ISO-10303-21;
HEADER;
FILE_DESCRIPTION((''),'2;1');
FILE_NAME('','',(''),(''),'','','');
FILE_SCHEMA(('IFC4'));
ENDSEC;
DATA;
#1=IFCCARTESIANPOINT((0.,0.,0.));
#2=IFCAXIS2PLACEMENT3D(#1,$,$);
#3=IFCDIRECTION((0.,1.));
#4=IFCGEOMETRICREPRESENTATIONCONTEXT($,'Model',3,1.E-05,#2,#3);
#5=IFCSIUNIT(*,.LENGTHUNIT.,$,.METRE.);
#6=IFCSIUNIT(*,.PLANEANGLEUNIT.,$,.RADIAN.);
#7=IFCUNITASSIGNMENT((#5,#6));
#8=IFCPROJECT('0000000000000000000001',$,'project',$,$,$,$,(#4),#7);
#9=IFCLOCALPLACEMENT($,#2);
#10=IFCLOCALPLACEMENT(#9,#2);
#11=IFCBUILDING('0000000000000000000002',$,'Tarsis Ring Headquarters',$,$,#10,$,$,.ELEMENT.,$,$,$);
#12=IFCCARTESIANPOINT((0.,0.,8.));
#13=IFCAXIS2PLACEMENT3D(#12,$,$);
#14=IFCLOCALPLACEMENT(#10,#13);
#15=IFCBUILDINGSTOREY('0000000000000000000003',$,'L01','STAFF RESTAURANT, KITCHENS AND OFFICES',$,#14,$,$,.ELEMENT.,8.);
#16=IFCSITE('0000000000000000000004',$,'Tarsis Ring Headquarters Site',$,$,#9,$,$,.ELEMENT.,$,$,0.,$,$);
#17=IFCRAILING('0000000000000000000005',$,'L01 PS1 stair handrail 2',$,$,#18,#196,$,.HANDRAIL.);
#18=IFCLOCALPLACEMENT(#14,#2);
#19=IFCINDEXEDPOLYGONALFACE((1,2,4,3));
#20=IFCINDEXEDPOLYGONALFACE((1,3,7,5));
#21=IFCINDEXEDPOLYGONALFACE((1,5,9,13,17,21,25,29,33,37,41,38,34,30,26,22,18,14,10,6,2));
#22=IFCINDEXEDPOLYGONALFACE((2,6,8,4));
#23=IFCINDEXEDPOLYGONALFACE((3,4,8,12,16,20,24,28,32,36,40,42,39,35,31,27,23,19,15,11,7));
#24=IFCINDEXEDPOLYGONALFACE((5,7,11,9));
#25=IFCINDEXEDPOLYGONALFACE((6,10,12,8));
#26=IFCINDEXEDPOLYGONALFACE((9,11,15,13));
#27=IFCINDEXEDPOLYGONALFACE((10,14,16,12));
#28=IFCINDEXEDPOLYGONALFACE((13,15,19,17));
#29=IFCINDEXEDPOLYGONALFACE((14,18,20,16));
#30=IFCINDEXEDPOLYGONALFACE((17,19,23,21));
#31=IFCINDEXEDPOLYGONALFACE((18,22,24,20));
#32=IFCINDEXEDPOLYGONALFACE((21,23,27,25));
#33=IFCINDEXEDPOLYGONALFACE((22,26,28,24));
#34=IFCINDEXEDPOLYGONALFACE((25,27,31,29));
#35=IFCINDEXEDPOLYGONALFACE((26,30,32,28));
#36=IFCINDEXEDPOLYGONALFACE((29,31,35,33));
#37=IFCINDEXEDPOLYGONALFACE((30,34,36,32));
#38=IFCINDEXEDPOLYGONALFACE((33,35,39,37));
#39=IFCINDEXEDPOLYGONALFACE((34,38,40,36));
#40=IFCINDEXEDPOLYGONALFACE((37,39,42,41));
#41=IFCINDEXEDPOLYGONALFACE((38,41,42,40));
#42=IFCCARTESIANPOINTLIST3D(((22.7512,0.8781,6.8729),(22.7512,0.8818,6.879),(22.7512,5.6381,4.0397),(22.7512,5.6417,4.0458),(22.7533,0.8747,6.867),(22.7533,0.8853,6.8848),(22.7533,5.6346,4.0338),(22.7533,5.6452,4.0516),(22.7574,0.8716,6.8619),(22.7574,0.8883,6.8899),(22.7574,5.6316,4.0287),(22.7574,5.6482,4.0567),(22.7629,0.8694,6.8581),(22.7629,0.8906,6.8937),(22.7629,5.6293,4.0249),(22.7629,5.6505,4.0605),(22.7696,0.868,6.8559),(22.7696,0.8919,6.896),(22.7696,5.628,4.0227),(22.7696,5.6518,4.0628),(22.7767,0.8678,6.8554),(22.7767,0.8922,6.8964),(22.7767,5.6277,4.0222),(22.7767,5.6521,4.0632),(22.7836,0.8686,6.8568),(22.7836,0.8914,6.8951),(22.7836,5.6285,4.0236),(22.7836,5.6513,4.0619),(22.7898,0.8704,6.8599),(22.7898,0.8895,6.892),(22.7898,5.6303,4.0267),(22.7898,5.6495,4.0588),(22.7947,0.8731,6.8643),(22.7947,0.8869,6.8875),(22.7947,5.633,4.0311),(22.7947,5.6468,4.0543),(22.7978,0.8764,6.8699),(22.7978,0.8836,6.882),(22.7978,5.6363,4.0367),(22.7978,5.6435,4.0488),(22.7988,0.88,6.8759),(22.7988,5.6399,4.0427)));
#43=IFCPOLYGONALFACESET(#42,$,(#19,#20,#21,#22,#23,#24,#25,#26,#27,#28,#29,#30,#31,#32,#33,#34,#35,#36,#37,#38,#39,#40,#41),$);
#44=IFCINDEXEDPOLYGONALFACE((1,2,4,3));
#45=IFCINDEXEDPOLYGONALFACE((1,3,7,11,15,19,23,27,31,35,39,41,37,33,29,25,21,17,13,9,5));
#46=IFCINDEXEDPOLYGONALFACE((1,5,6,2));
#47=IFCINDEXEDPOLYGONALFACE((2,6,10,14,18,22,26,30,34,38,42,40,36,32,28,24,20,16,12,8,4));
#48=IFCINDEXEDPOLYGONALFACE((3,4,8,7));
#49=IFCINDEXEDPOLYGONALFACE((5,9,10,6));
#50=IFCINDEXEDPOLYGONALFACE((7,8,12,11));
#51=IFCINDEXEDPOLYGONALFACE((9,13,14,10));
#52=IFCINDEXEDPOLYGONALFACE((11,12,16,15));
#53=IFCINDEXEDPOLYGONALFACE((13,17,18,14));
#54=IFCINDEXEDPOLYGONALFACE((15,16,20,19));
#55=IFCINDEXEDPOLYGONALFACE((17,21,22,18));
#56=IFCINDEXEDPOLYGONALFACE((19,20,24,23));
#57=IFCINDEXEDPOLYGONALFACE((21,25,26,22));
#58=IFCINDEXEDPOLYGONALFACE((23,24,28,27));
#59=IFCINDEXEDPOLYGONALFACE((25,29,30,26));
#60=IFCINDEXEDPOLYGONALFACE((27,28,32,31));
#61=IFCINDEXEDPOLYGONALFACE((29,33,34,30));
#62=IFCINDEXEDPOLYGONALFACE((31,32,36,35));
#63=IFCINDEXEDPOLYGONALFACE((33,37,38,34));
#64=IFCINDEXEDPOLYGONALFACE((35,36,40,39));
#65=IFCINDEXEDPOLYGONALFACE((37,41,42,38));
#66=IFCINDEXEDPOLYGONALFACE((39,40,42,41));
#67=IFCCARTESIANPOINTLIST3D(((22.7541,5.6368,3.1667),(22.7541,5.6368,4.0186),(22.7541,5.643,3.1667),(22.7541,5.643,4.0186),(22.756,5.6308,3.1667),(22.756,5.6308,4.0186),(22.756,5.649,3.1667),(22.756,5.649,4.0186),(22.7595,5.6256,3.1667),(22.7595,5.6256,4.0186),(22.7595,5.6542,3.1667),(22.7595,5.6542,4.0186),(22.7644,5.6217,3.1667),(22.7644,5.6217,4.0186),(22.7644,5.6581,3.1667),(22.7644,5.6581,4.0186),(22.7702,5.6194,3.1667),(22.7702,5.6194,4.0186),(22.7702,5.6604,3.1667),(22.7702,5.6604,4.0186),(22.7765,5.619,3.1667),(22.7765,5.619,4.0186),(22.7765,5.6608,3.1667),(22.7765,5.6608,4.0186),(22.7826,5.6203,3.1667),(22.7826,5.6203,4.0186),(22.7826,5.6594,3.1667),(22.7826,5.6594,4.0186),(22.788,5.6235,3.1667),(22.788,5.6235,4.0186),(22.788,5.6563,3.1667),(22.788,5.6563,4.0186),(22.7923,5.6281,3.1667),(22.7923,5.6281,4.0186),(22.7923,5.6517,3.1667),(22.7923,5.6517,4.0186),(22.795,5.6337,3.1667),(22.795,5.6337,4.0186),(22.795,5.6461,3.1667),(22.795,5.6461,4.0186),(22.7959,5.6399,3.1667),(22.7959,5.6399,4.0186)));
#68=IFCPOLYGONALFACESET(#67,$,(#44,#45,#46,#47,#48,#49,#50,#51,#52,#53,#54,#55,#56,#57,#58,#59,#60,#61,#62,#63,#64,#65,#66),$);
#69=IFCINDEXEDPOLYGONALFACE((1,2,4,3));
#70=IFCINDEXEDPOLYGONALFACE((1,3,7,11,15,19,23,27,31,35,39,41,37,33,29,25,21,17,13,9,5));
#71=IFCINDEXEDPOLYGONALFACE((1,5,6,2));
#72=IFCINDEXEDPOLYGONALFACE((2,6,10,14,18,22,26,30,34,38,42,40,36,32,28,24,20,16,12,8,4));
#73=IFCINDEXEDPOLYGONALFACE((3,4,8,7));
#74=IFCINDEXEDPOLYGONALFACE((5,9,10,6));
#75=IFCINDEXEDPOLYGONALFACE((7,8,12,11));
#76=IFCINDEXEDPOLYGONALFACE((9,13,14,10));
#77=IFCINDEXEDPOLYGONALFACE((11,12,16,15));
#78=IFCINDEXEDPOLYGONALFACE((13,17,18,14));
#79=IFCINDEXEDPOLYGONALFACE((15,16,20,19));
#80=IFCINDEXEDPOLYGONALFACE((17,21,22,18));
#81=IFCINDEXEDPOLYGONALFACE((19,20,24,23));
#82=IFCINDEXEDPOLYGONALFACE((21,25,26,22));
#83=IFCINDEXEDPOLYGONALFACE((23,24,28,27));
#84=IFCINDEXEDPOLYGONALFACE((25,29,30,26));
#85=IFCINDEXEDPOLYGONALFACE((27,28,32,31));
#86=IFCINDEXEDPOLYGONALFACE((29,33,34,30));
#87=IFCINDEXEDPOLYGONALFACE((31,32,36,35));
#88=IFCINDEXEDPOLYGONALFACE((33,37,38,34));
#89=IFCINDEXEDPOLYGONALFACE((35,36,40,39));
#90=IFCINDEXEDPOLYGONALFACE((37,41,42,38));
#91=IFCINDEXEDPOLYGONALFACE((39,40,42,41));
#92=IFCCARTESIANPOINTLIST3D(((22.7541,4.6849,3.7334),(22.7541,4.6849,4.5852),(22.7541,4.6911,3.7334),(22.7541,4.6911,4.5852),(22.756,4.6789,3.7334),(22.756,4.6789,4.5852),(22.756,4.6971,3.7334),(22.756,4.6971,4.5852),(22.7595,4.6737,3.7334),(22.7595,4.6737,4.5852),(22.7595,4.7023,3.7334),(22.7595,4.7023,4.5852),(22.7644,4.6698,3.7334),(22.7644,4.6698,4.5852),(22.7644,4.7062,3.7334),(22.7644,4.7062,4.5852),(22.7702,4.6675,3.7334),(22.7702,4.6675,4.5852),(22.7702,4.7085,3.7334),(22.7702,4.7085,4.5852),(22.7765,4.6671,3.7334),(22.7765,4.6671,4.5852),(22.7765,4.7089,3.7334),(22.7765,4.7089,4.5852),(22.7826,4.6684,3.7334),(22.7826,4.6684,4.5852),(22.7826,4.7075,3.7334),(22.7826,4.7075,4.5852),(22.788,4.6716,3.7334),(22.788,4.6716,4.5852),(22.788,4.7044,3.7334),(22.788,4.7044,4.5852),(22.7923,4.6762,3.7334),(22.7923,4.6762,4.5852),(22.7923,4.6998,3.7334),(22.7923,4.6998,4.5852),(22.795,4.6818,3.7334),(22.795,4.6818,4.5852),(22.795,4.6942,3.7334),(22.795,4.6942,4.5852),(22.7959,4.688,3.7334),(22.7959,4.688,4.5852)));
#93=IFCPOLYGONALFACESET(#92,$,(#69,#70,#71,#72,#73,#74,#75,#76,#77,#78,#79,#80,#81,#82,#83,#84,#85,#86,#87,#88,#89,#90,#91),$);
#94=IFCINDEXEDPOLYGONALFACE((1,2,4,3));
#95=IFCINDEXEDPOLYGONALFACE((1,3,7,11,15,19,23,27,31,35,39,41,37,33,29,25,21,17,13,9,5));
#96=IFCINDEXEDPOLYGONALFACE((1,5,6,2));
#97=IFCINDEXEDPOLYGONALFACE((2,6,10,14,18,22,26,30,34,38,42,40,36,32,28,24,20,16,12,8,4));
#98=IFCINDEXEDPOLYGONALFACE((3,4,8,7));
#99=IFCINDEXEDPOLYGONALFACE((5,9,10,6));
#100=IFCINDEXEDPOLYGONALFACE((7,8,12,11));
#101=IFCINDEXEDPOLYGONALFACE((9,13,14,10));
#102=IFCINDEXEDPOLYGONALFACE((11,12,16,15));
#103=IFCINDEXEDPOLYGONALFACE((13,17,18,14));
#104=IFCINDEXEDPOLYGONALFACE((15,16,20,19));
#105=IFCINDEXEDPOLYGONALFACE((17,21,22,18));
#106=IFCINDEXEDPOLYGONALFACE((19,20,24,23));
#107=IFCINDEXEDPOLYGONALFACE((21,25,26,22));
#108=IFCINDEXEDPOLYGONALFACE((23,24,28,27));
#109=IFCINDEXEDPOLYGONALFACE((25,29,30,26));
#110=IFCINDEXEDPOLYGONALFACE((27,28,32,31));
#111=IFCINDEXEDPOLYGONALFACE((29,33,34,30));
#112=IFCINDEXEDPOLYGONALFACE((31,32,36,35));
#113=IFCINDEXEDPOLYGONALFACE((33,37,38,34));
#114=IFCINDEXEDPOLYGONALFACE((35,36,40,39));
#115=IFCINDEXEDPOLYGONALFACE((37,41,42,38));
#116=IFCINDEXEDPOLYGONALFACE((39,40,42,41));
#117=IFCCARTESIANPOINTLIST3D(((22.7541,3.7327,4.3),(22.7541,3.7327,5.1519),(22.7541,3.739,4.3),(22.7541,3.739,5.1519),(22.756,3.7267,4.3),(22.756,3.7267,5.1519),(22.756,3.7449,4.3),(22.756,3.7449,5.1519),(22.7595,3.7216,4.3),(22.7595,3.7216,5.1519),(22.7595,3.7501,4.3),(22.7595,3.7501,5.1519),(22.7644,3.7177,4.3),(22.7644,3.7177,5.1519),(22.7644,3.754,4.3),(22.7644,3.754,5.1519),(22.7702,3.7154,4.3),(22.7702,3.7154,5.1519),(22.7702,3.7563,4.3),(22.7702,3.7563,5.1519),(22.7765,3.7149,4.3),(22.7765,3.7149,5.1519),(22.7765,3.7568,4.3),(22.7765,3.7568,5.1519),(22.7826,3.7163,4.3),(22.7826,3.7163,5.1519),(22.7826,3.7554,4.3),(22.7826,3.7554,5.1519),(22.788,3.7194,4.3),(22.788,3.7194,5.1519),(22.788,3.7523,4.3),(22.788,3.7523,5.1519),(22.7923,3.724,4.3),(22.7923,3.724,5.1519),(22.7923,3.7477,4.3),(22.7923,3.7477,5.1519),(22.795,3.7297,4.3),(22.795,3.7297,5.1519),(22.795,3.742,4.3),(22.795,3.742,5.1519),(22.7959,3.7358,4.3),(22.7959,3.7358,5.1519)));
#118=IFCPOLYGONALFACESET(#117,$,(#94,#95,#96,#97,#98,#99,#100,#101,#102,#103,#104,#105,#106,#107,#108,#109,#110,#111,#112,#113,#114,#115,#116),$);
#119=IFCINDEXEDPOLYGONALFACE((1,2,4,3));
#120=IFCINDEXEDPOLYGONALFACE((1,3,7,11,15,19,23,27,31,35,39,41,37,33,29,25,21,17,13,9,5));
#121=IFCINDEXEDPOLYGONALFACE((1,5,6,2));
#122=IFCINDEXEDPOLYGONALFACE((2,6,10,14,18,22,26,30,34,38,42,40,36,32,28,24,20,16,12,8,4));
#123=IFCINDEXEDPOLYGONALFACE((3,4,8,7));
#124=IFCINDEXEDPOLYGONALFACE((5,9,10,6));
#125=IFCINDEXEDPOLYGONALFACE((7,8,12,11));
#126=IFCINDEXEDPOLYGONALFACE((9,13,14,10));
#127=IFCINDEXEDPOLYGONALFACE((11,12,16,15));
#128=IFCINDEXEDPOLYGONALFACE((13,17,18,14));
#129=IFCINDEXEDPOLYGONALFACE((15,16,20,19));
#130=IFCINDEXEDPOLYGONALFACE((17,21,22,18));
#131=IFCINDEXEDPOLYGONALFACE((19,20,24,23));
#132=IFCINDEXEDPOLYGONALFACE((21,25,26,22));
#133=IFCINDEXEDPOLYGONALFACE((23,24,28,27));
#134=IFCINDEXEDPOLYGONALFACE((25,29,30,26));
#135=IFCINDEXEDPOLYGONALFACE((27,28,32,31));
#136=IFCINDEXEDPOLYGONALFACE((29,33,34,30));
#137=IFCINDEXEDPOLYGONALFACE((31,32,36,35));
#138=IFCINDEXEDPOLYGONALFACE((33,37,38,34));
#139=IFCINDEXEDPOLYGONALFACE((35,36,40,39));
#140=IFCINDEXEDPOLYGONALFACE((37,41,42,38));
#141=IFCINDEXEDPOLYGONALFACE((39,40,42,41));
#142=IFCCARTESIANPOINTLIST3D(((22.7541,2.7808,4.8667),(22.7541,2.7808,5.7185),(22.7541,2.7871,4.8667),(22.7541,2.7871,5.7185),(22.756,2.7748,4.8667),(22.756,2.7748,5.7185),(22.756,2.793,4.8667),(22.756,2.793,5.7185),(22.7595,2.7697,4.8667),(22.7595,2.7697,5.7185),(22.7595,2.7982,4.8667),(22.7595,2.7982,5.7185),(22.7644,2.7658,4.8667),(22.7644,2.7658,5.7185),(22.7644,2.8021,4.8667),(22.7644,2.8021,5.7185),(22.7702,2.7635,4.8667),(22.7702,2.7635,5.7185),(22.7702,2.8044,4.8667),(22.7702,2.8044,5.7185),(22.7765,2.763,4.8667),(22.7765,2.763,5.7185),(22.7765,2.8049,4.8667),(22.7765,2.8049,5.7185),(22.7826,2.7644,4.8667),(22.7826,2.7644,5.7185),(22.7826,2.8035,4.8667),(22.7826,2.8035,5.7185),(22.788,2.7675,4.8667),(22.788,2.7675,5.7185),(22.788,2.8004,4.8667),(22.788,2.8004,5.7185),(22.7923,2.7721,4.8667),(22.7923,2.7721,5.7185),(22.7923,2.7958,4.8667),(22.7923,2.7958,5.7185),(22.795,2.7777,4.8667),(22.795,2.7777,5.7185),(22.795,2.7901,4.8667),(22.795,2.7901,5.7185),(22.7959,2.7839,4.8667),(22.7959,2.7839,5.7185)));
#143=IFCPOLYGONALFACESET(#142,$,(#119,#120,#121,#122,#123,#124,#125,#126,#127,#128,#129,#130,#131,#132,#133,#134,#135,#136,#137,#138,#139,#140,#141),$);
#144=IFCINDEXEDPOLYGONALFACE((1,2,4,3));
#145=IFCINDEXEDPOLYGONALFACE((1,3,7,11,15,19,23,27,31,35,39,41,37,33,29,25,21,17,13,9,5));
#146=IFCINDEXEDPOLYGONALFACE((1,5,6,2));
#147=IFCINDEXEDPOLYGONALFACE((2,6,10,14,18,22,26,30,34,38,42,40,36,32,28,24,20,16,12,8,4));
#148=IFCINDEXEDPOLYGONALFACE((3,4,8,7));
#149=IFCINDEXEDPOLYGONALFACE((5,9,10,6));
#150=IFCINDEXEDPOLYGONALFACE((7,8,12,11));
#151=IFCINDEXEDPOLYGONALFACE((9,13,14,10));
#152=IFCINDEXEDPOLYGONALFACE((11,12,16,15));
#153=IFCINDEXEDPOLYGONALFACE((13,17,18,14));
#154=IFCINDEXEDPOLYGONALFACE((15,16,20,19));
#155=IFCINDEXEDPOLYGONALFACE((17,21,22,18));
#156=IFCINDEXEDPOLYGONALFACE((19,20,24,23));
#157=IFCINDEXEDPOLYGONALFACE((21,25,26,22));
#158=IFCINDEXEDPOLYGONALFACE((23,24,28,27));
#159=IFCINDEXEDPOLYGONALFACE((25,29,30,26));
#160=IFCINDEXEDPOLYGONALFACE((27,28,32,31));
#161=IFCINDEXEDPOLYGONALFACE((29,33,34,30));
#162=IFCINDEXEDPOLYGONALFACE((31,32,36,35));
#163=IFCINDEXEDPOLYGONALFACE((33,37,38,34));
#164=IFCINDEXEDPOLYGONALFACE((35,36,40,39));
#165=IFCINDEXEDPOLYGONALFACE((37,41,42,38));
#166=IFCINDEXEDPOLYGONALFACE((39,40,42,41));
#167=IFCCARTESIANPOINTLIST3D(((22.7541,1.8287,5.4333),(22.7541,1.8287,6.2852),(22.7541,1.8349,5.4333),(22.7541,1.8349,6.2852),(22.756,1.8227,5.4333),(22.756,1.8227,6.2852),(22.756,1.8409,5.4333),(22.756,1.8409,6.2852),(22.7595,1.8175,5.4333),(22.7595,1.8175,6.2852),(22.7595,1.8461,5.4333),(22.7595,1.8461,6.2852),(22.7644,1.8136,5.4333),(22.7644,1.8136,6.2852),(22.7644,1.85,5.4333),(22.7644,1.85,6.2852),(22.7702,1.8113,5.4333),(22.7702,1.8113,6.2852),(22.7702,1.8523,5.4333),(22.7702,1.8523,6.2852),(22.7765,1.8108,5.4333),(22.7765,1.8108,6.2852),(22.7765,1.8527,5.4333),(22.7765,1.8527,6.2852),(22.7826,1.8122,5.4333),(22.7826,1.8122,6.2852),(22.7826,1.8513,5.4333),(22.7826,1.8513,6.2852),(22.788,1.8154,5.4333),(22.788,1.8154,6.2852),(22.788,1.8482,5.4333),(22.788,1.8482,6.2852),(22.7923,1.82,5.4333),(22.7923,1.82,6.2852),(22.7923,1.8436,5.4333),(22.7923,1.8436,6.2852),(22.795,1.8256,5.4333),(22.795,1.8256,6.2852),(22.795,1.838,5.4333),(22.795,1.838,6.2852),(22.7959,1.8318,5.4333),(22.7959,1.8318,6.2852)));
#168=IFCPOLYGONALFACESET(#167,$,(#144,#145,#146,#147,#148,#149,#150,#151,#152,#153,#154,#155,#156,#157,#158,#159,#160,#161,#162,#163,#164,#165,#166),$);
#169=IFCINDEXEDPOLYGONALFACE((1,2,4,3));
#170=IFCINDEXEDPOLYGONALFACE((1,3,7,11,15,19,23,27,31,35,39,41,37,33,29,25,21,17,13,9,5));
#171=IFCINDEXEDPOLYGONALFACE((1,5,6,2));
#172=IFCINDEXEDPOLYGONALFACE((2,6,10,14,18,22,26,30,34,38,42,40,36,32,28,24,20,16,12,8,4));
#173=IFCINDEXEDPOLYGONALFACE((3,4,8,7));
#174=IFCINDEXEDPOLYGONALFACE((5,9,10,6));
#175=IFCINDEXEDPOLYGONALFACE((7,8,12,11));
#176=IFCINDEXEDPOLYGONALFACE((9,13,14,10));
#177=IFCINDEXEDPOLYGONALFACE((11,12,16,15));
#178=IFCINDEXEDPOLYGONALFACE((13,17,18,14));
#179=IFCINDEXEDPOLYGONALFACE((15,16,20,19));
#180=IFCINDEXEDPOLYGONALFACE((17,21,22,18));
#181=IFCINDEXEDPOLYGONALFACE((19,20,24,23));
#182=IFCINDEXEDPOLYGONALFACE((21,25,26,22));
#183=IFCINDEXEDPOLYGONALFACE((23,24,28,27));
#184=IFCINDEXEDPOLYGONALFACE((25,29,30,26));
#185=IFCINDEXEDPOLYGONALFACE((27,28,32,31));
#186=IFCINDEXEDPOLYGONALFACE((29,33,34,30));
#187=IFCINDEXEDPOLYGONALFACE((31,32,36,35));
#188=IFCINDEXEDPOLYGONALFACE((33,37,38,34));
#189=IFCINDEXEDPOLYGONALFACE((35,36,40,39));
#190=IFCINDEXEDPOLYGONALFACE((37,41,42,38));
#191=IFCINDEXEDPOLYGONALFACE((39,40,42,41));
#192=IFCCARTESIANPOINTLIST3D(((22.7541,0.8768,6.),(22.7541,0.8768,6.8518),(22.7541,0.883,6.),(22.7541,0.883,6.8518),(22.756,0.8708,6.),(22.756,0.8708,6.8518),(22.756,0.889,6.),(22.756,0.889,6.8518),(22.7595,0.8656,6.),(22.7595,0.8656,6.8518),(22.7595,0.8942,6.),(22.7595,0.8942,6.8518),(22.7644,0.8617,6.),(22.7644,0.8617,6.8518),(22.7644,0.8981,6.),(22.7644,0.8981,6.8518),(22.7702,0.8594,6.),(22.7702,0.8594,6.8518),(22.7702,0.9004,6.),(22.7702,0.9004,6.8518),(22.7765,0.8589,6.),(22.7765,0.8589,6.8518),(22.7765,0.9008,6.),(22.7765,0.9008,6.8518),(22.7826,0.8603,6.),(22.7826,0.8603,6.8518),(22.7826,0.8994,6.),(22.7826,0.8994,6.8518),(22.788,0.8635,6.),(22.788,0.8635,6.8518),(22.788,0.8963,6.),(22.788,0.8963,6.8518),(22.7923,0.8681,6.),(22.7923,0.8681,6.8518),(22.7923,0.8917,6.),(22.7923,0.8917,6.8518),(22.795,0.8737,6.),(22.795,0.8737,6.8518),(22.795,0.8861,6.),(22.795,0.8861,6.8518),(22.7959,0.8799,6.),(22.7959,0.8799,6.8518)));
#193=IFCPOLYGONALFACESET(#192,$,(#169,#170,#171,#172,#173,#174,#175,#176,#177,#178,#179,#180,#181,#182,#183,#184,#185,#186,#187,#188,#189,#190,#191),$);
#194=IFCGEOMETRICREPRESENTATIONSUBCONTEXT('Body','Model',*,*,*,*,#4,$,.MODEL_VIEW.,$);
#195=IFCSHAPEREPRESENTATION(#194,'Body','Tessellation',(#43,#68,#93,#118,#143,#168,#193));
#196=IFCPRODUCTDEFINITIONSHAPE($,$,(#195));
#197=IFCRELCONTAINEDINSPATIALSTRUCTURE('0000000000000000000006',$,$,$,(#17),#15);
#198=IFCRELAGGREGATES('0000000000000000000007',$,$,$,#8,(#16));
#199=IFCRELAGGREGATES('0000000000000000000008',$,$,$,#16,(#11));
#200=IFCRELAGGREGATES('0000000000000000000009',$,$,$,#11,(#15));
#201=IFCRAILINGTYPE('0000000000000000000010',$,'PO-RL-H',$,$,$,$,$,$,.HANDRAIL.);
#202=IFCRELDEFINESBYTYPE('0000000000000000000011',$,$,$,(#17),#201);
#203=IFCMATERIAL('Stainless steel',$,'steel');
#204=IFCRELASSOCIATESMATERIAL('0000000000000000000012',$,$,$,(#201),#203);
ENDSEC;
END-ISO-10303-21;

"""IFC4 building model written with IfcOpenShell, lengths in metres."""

from ifc_helpers import new_model, si_unit, direction, frame, origin, origin_2d, place, context, subcontext, project, spatial, circle, extrude, material, type_object, element, save


model = new_model("IFC4")

# Units and contexts
model_context = context("Model", 3, precision=1e-05, world=origin(), true_north=direction((0.0, 1.0)))
body_context = subcontext(model_context, "Body", "Model", "MODEL_VIEW")
ifc_project = project(units=[si_unit("LENGTHUNIT", "METRE"), si_unit("PLANEANGLEUNIT", "RADIAN")], contexts=[model_context])

# Site, building, storey
site_placement = place(None, origin())
site = spatial("IfcSite", under=ifc_project, at=site_placement, Name="Tarsis Ring Headquarters Site", CompositionType="ELEMENT", RefElevation=0.0)
building_placement = place(site_placement, origin())
building = spatial("IfcBuilding", under=site, at=building_placement, Name="Tarsis Ring Headquarters", CompositionType="ELEMENT")
storey_placement = place(building_placement, frame((0.0, 0.0, 8.0)))
storey = spatial("IfcBuildingStorey", under=building, at=storey_placement, Name="L01", Description="STAFF RESTAURANT, KITCHENS AND OFFICES", CompositionType="ELEMENT", Elevation=8.0)

# Railing
ifc_material_1 = material(Name="Stainless steel", Category="steel")
railing_type_1 = type_object("IfcRailingType", Name="PO-RL-H", PredefinedType="HANDRAIL", material=ifc_material_1)
railing_1_placement = place(storey_placement, frame((22.7749, 5.6399, 3.1667)))
element("IfcRailing", 1, at=railing_1_placement, inside=storey, type_object=railing_type_1, Name="L01 PS1 stair handrail 2", PredefinedType="HANDRAIL", context=body_context, shape_type="SweptSolid", body=[
    extrude(circle(Radius=0.0239, at=origin_2d()), frame((0.0, 0.0, 0.876), z_axis=(0.0, -0.8593, 0.511472), x_axis=(1.0, 0.0, 0.0)), (0.0, 0.0, 1.0), 5.5393),
    extrude(circle(Radius=0.021, at=origin_2d()), origin(), (0.0, 0.0, 1.0), 0.8518),
    extrude(circle(Radius=0.021, at=origin_2d()), frame((0.0, -0.9519, 0.5667)), (0.0, 0.0, 1.0), 0.8518),
    extrude(circle(Radius=0.021, at=origin_2d()), frame((0.0, -1.9041, 1.1333)), (0.0, 0.0, 1.0), 0.8518),
    extrude(circle(Radius=0.021, at=origin_2d()), frame((0.0, -2.856, 1.7)), (0.0, 0.0, 1.0), 0.8518),
    extrude(circle(Radius=0.021, at=origin_2d()), frame((0.0, -3.8081, 2.2666)), (0.0, 0.0, 1.0), 0.8518),
    extrude(circle(Radius=0.021, at=origin_2d()), frame((0.0, -4.76, 2.8333)), (0.0, 0.0, 1.0), 0.8518),
])

save(model, "model.ifc")
